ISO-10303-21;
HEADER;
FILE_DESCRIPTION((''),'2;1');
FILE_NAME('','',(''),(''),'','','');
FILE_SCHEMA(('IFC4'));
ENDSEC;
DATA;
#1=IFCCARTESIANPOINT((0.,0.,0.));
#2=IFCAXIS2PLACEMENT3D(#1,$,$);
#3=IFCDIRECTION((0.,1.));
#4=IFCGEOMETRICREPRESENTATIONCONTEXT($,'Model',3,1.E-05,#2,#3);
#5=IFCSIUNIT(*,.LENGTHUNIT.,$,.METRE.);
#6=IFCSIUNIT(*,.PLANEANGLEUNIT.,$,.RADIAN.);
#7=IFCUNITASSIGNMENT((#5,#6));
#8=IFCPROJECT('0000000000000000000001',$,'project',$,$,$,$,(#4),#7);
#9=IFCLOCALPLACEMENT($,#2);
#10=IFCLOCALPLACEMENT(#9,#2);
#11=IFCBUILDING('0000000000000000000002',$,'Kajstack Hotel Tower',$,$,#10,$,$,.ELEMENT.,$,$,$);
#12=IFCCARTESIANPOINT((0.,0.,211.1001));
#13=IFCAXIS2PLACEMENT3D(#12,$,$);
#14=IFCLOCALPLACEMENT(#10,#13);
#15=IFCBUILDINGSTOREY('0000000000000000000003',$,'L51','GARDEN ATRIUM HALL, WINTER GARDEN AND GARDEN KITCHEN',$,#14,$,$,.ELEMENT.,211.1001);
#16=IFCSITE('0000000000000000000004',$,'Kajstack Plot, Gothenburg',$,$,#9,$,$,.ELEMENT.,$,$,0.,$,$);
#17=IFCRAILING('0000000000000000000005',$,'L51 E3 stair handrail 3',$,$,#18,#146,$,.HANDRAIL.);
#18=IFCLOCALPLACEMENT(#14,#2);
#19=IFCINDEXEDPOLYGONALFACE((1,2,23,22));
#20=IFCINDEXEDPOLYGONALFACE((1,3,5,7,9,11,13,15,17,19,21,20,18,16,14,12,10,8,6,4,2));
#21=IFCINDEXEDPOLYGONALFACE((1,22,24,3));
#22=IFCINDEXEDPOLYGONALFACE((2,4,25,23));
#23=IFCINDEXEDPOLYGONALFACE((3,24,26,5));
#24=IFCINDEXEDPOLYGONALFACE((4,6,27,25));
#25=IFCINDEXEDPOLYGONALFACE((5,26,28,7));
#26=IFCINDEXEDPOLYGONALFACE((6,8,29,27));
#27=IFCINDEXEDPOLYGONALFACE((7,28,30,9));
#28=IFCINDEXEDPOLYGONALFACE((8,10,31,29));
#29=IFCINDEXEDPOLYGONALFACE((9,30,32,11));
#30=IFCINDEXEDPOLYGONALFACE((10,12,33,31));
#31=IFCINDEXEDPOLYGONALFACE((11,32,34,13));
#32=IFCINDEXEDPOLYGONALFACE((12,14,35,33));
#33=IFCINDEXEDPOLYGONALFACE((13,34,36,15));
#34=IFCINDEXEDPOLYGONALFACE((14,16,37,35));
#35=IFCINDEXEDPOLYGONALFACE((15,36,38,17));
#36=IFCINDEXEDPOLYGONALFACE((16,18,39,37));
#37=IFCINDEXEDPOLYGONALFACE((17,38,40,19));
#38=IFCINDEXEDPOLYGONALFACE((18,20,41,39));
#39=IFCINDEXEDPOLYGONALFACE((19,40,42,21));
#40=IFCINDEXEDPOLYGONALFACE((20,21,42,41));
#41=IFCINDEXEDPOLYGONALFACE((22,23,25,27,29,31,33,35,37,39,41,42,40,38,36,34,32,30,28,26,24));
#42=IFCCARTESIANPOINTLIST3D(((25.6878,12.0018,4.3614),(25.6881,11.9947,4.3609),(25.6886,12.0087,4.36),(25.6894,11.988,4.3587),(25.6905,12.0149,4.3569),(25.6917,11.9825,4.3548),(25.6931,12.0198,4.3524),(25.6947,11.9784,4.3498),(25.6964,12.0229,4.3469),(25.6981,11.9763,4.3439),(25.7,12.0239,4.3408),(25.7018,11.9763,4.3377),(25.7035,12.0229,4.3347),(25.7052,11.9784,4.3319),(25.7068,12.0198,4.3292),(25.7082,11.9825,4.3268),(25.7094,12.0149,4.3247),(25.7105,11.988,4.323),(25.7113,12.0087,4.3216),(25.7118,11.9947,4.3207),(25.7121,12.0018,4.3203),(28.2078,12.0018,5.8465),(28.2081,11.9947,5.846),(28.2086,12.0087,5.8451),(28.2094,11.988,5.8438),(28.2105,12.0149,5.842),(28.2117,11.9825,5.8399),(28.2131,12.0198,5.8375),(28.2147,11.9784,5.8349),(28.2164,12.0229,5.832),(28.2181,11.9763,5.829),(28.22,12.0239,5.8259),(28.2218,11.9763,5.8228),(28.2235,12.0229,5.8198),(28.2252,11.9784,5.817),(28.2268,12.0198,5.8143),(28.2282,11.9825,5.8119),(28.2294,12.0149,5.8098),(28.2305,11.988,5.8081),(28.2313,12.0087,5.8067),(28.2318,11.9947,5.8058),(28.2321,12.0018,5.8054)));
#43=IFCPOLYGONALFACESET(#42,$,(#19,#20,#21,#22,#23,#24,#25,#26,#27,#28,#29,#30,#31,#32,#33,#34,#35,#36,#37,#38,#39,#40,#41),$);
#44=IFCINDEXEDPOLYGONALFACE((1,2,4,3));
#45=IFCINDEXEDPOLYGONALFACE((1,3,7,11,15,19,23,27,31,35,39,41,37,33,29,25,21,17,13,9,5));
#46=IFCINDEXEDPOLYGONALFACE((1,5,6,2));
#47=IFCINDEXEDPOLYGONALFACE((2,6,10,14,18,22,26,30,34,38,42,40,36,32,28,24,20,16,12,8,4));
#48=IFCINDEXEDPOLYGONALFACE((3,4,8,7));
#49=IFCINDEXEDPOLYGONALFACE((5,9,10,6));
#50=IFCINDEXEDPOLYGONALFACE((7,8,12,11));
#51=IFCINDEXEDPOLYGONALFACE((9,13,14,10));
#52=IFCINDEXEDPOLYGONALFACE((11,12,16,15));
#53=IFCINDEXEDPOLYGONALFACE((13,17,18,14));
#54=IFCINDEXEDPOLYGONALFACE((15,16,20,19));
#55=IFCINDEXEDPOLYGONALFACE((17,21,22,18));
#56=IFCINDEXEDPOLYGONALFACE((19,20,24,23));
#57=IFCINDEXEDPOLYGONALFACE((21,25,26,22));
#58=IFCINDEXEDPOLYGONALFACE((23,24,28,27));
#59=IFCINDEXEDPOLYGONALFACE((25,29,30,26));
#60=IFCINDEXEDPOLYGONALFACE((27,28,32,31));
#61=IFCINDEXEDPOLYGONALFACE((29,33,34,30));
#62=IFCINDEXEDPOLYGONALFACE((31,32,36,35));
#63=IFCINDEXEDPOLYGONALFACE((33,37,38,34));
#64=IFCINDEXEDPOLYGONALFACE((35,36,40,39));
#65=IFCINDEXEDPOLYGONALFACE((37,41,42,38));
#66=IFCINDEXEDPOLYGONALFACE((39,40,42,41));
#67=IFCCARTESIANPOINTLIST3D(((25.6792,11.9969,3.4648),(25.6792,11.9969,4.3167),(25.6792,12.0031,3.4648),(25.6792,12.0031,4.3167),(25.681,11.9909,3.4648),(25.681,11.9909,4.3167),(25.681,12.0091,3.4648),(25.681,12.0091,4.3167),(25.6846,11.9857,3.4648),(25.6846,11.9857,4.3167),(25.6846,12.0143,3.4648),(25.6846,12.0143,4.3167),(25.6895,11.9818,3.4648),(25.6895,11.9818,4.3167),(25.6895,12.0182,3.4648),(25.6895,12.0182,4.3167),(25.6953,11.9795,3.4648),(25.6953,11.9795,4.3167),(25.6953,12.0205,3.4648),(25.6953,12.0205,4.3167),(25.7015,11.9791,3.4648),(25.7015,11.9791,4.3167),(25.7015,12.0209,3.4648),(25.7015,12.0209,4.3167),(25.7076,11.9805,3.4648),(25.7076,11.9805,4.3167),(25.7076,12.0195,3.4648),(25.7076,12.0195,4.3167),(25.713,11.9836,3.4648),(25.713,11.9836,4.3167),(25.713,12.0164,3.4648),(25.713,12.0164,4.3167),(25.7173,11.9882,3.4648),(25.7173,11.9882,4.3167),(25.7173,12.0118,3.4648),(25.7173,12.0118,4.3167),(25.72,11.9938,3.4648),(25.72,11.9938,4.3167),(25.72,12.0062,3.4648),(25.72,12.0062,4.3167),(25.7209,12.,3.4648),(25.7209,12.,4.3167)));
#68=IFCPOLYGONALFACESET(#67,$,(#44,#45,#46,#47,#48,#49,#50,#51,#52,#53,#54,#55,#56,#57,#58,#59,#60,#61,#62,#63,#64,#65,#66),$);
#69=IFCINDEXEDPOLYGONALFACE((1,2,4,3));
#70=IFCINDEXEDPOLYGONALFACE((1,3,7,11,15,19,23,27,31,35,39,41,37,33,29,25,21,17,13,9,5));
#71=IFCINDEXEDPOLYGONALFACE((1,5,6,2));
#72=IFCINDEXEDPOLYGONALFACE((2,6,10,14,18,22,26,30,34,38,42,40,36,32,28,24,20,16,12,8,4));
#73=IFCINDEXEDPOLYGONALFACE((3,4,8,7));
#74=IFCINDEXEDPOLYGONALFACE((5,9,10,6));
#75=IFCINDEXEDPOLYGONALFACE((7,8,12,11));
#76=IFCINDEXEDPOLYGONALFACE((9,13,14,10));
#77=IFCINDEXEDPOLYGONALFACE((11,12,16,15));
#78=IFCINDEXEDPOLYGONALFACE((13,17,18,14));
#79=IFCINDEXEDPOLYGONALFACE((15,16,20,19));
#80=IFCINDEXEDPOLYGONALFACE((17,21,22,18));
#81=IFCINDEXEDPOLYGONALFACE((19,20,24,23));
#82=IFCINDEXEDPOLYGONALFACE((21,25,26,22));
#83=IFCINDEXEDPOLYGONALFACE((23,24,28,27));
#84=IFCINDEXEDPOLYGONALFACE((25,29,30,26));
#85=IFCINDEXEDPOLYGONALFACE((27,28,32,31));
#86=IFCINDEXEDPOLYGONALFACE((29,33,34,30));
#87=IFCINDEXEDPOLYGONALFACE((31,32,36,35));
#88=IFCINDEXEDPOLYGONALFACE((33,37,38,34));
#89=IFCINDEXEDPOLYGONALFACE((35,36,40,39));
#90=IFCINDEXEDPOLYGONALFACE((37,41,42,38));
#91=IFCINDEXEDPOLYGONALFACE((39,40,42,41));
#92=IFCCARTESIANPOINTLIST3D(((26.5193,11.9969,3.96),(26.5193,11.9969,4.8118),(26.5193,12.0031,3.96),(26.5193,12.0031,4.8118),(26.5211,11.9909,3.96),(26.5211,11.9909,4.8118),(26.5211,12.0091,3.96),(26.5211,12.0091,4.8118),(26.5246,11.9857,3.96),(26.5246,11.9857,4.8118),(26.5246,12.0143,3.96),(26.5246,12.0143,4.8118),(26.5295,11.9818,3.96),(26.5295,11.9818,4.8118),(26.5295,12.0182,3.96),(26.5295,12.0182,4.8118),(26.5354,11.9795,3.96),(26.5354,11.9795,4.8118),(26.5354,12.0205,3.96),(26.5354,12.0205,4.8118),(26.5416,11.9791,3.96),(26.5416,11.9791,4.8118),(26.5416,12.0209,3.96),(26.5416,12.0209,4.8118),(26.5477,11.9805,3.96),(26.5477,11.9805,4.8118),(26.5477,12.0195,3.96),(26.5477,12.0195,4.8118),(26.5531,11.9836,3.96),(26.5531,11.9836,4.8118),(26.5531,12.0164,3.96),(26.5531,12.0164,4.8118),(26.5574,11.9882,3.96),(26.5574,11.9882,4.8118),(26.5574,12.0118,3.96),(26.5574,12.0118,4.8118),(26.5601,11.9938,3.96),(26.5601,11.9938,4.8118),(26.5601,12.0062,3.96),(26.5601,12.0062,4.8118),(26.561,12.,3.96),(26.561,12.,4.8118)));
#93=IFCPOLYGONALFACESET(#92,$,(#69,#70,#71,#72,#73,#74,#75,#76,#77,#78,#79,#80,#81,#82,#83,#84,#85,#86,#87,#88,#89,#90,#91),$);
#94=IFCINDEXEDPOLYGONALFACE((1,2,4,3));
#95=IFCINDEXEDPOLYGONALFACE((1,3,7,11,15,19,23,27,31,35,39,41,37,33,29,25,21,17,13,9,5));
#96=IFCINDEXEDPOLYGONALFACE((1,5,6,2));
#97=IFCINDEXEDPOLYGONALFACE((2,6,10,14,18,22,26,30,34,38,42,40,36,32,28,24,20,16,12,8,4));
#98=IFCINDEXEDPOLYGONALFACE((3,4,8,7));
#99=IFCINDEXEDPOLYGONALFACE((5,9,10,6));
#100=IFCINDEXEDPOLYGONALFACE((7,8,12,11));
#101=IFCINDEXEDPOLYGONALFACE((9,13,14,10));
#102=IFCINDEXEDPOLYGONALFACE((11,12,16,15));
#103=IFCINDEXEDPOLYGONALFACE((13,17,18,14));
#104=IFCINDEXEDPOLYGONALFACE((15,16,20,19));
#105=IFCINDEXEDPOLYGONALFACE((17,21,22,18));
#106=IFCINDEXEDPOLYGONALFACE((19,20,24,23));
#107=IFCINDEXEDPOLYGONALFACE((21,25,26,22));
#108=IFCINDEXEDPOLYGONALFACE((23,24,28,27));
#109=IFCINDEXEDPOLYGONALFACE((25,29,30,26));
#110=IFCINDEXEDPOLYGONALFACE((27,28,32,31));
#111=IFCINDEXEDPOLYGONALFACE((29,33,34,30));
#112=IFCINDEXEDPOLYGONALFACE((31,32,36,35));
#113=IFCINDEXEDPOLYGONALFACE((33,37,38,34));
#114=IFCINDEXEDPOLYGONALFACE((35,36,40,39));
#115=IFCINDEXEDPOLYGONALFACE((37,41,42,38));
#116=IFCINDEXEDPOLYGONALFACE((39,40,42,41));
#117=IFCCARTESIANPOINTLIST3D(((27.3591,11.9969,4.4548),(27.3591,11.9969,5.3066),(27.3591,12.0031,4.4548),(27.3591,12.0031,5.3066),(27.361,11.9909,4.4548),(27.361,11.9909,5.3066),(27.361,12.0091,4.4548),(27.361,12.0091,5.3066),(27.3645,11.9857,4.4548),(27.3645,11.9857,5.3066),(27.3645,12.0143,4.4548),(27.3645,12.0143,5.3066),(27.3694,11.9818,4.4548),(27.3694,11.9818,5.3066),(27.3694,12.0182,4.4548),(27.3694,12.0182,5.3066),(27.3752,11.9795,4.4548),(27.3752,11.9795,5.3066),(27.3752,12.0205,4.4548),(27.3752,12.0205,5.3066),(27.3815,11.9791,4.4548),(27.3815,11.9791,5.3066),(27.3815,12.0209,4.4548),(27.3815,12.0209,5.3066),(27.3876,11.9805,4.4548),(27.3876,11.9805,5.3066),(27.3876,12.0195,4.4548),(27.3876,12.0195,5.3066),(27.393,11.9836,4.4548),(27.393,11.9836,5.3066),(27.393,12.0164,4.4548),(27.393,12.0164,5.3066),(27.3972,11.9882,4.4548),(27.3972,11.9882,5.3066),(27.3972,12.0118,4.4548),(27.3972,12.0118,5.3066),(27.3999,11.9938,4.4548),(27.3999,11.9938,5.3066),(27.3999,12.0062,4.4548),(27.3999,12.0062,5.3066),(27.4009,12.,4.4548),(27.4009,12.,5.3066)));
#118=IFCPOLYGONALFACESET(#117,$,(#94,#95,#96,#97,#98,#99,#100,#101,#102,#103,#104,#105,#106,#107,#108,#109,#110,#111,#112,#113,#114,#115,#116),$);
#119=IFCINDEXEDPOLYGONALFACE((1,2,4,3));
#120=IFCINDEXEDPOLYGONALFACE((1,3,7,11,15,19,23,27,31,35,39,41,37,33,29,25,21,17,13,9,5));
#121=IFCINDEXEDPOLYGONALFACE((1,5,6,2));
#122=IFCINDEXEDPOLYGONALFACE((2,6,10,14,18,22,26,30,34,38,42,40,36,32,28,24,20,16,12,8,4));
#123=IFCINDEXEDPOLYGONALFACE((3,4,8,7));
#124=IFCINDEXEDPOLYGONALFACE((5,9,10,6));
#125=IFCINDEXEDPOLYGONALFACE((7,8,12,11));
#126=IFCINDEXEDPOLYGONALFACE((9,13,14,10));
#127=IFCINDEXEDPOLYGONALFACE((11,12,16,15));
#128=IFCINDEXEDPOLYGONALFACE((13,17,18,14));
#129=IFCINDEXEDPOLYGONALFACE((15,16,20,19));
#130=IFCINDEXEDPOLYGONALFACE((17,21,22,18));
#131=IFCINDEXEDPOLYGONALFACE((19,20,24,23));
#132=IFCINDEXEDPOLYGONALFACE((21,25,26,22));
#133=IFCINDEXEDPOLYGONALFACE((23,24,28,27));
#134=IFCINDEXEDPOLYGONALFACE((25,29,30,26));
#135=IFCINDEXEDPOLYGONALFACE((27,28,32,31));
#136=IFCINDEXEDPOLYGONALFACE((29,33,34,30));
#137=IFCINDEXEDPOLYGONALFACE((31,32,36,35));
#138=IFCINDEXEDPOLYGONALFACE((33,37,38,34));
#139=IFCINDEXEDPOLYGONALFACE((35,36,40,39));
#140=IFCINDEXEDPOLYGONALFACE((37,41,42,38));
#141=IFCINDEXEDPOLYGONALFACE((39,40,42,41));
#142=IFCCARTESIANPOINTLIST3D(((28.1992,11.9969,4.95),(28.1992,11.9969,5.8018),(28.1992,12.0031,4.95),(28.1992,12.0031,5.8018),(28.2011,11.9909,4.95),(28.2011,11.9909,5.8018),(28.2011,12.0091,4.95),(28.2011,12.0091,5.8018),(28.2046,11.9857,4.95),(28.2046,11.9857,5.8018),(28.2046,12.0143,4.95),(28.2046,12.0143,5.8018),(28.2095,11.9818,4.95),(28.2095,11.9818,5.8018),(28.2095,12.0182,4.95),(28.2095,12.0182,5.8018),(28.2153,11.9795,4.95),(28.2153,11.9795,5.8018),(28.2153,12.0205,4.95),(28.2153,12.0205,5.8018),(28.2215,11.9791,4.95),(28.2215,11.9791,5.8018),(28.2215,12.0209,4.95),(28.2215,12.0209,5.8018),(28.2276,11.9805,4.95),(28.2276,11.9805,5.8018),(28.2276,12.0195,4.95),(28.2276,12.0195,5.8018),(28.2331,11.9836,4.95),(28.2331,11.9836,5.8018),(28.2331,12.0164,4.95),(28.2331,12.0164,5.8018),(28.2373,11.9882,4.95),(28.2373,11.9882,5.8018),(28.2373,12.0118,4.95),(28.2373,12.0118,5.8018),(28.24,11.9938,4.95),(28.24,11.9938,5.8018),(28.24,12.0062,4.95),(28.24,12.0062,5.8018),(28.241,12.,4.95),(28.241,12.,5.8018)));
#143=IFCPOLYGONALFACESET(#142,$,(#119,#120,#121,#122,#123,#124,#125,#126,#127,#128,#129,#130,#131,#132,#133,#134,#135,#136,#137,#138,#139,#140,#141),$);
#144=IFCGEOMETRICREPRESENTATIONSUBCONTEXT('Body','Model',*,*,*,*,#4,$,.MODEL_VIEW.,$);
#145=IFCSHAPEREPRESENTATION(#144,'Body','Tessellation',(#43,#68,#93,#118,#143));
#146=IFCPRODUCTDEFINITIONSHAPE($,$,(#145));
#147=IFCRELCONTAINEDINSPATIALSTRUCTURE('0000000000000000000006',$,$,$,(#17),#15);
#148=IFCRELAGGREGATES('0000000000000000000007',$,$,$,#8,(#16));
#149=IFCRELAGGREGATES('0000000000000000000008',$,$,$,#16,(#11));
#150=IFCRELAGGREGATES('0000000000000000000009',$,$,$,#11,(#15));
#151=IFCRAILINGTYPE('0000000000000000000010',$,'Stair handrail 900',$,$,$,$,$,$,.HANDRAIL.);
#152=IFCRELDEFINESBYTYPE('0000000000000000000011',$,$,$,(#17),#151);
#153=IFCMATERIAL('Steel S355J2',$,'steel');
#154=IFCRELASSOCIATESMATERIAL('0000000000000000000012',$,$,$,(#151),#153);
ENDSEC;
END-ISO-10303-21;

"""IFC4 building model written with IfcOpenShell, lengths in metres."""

from ifc_helpers import new_model, si_unit, direction, frame, origin, origin_2d, place, context, subcontext, project, spatial, circle, extrude, material, type_object, element, save


model = new_model("IFC4")

# Units and contexts
model_context = context("Model", 3, precision=1e-05, world=origin(), true_north=direction((0.0, 1.0)))
body_context = subcontext(model_context, "Body", "Model", "MODEL_VIEW")
ifc_project = project(units=[si_unit("LENGTHUNIT", "METRE"), si_unit("PLANEANGLEUNIT", "RADIAN")], contexts=[model_context])

# Site, building, storey
site_placement = place(None, origin())
site = spatial("IfcSite", under=ifc_project, at=site_placement, Name="Kajstack Plot, Gothenburg", CompositionType="ELEMENT", RefElevation=0.0)
building_placement = place(site_placement, origin())
building = spatial("IfcBuilding", under=site, at=building_placement, Name="Kajstack Hotel Tower", CompositionType="ELEMENT")
storey_placement = place(building_placement, frame((0.0, 0.0, 211.1001)))
storey = spatial("IfcBuildingStorey", under=building, at=storey_placement, Name="L51", Description="GARDEN ATRIUM HALL, WINTER GARDEN AND GARDEN KITCHEN", CompositionType="ELEMENT", Elevation=211.1001)

# Railing
ifc_material_1 = material(Name="Steel S355J2", Category="steel")
railing_type_1 = type_object("IfcRailingType", Name="Stair handrail 900", PredefinedType="HANDRAIL", material=ifc_material_1)
railing_1_placement = place(storey_placement, frame((25.7, 12.0, 3.4648)))
element("IfcRailing", 1, at=railing_1_placement, inside=storey, type_object=railing_type_1, Name="L51 E3 stair handrail 3", PredefinedType="HANDRAIL", context=body_context, shape_type="SweptSolid", body=[
    extrude(circle(Radius=0.0239, at=origin_2d()), frame((0.0, 0.0, 0.876), z_axis=(0.861524, 0.0, 0.507717), x_axis=(0.0, 1.0, 0.0)), (0.0, 0.0, 1.0), 2.925),
    extrude(circle(Radius=0.021, at=origin_2d()), origin(), (0.0, 0.0, 1.0), 0.8518),
    extrude(circle(Radius=0.021, at=origin_2d()), frame((0.8401, 0.0, 0.4951)), (0.0, 0.0, 1.0), 0.8518),
    extrude(circle(Radius=0.021, at=origin_2d()), frame((1.6799, 0.0, 0.99)), (0.0, 0.0, 1.0), 0.8518),
    extrude(circle(Radius=0.021, at=origin_2d()), frame((2.52, 0.0, 1.4851)), (0.0, 0.0, 1.0), 0.8518),
])

save(model, "model.ifc")
